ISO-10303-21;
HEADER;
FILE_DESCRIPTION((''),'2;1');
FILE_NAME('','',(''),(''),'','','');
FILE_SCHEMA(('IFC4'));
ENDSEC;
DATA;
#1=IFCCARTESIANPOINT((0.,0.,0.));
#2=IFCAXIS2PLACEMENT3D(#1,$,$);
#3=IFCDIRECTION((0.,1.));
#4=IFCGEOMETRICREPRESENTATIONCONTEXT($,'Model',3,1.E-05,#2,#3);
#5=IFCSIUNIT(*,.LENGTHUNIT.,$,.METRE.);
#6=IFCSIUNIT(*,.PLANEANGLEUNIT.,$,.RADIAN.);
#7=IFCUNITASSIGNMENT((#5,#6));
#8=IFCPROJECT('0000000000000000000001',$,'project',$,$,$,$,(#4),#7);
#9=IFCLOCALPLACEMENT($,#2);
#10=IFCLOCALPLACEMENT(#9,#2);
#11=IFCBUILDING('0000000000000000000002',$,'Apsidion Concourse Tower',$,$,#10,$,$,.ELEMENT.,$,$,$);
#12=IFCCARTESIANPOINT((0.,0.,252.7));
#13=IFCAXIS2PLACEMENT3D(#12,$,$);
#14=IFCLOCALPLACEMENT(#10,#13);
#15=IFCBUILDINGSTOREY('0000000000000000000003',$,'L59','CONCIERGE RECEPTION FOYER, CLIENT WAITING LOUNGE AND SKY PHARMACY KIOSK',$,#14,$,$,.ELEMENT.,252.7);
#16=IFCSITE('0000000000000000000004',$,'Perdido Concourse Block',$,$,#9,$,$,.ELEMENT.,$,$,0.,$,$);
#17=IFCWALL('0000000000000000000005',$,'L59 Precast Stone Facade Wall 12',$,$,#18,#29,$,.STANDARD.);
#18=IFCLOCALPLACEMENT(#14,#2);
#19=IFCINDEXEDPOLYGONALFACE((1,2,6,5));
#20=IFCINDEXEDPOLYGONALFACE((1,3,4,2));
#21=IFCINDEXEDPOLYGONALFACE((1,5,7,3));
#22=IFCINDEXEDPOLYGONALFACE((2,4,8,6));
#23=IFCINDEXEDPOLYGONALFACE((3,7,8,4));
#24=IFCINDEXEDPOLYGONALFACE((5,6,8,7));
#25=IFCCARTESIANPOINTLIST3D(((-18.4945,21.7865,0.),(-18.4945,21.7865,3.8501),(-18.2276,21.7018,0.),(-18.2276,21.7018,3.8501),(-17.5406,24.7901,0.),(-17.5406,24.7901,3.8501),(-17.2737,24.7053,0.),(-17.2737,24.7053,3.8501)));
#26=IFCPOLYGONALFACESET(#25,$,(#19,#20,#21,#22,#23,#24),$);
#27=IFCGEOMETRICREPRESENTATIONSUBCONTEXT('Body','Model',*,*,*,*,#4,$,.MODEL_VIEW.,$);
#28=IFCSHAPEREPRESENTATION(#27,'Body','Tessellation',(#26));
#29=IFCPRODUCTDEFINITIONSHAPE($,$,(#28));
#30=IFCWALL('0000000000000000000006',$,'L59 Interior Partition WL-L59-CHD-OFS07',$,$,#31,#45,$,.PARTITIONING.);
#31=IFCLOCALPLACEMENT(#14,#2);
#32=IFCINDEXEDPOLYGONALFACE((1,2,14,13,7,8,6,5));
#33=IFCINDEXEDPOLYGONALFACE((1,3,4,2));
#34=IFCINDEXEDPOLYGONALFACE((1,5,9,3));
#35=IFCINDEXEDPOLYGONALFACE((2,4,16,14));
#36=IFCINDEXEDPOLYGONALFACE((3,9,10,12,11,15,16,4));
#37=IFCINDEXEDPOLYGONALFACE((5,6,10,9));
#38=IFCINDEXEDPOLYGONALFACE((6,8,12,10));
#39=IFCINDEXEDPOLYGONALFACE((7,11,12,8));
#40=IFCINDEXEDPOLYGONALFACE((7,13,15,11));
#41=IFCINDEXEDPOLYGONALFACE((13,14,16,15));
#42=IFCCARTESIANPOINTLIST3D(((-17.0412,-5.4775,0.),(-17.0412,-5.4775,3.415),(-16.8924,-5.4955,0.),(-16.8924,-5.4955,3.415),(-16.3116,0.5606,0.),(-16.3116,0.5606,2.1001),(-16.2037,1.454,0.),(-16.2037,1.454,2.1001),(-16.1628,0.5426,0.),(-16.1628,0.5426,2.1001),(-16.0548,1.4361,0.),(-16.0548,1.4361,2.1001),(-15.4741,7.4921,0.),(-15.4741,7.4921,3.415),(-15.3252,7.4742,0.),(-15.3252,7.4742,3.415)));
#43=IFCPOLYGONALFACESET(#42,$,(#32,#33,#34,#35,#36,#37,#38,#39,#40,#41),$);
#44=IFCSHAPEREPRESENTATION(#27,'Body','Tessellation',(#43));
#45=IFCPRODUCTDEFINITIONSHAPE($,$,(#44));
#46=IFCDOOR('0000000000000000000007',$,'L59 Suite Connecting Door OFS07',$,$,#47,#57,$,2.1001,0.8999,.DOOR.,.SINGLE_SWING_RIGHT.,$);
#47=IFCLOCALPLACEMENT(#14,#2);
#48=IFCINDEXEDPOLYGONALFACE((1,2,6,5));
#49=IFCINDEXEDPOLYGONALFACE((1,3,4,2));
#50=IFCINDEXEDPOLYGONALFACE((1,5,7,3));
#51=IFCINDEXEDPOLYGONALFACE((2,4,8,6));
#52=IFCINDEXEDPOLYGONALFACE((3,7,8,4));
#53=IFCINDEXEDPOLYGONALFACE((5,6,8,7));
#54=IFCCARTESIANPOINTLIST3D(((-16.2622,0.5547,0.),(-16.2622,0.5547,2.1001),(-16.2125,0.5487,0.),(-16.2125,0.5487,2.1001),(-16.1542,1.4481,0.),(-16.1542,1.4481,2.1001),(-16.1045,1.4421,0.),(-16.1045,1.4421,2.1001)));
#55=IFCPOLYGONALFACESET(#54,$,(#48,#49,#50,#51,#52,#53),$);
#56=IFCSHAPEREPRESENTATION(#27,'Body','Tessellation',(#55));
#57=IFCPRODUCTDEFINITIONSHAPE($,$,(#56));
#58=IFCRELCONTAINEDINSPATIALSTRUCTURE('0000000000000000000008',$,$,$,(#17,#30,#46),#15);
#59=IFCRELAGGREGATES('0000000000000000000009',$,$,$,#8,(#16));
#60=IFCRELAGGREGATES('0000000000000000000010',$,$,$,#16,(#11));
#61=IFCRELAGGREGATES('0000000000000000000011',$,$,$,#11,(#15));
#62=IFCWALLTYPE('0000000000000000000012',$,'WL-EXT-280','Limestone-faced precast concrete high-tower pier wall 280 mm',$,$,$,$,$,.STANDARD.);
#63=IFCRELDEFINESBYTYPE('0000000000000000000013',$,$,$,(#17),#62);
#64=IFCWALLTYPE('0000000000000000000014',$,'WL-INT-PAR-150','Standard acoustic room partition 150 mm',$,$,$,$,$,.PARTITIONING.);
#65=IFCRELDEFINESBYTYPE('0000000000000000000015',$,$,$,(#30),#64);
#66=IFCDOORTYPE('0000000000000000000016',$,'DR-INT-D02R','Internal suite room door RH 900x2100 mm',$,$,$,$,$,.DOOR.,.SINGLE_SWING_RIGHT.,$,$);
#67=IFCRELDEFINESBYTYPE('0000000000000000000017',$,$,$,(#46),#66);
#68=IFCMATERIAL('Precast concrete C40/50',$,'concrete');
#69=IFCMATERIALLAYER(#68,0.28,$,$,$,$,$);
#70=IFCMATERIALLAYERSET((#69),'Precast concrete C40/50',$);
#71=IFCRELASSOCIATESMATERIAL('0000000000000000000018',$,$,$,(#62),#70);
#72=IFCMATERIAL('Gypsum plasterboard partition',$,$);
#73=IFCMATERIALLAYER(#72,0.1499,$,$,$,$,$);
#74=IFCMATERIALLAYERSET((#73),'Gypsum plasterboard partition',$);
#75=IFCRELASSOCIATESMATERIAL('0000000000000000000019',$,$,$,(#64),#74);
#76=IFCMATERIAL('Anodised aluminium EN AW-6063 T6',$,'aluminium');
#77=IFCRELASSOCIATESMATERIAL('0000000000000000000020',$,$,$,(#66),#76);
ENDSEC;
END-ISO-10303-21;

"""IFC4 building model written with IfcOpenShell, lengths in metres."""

from ifc_helpers import new_model, si_unit, direction, frame, frame_2d, origin, place, context, subcontext, project, spatial, rectangle, extrude, material, layer, layer_set, type_object, element, fill, save


model = new_model("IFC4")

# Units and contexts
model_context = context("Model", 3, precision=1e-05, world=origin(), true_north=direction((0.0, 1.0)))
body_context = subcontext(model_context, "Body", "Model", "MODEL_VIEW")
ifc_project = project(units=[si_unit("LENGTHUNIT", "METRE"), si_unit("PLANEANGLEUNIT", "RADIAN")], contexts=[model_context])

# Site, building, storey
site_placement = place(None, origin())
site = spatial("IfcSite", under=ifc_project, at=site_placement, Name="Perdido Concourse Block", CompositionType="ELEMENT", RefElevation=0.0)
building_placement = place(site_placement, origin())
building = spatial("IfcBuilding", under=site, at=building_placement, Name="Apsidion Concourse Tower", CompositionType="ELEMENT")
storey_placement = place(building_placement, frame((0.0, 0.0, 252.7)))
storey = spatial("IfcBuildingStorey", under=building, at=storey_placement, Name="L59", Description="CONCIERGE RECEPTION FOYER, CLIENT WAITING LOUNGE AND SKY PHARMACY KIOSK", CompositionType="ELEMENT", Elevation=252.7)

# Shared definitions
ifc_material_1 = material(Name="Precast concrete C40/50", Category="concrete")
ifc_layer_1 = layer(ifc_material_1, 0.28)
ifc_layer_set_1 = layer_set([ifc_layer_1], Name="Precast concrete C40/50")
wall_type_1 = type_object("IfcWallType", Name="WL-EXT-280", Description="Limestone-faced precast concrete high-tower pier wall 280 mm", PredefinedType="STANDARD", material=ifc_layer_set_1)
ifc_material_2 = material(Name="Anodised aluminium EN AW-6063 T6", Category="aluminium")

# Wall
wall_1_placement = place(storey_placement, frame((-18.3611, 21.7441, 0.0), z_axis=(0.0, 0.0, 1.0), x_axis=(0.302692, 0.953088, 0.0)))
element("IfcWall", 1, at=wall_1_placement, inside=storey, type_object=wall_type_1, Name="L59 Precast Stone Facade Wall 12", PredefinedType="STANDARD", context=body_context, shape_type="SweptSolid", body=[
    extrude(rectangle(XDim=3.1514, YDim=0.28, at=frame_2d((1.5757, 0.0))), origin(), (0.0, 0.0, 1.0), 3.8501),
])

# Wall, opening, door
ifc_material_3 = material(Name="Gypsum plasterboard partition")
ifc_layer_2 = layer(ifc_material_3, 0.1499)
ifc_layer_set_2 = layer_set([ifc_layer_2], Name="Gypsum plasterboard partition")
wall_type_2 = type_object("IfcWallType", Name="WL-INT-PAR-150", Description="Standard acoustic room partition 150 mm", PredefinedType="PARTITIONING", material=ifc_layer_set_2)
wall_2_placement = place(storey_placement, frame((-15.3997, 7.4832, 0.0), z_axis=(0.0, 0.0, 1.0), x_axis=(-0.119958, -0.992779, 0.0)))
wall_2 = element("IfcWall", 2, at=wall_2_placement, inside=storey, type_object=wall_type_2, Name="L59 Interior Partition WL-L59-CHD-OFS07", PredefinedType="PARTITIONING", context=body_context, shape_type="SweptSolid", body=[
    extrude(rectangle(XDim=13.064, YDim=0.1499, at=frame_2d((6.532, 0.0))), origin(), (0.0, 0.0, 1.0), 3.415),
])
opening_1_placement = place(wall_2_placement, frame((6.082, 0.0, 0.0)))
opening_1 = element("IfcOpeningElement", 3, at=opening_1_placement, cuts=wall_2, PredefinedType="OPENING", context=body_context, shape_type="SweptSolid", body=[
    extrude(rectangle(XDim=0.8999, YDim=2.1001, at=frame_2d((0.45, 1.05))), frame((0.0, 0.085, 0.0), z_axis=(0.0, -1.0, 0.0), x_axis=(1.0, 0.0, 0.0)), (0.0, 0.0, 1.0), 0.1699),
])
door_type_1 = type_object("IfcDoorType", Name="DR-INT-D02R", Description="Internal suite room door RH 900x2100 mm", OperationType="SINGLE_SWING_RIGHT", PredefinedType="DOOR", material=ifc_material_2)
door_1_placement = place(opening_1_placement, origin())
door_1 = element("IfcDoor", 4, at=door_1_placement, inside=storey, type_object=door_type_1, Name="L59 Suite Connecting Door OFS07", OperationType="SINGLE_SWING_RIGHT", OverallHeight=2.1001, OverallWidth=0.8999, PredefinedType="DOOR", context=body_context, shape_type="SweptSolid", body=[
    extrude(rectangle(XDim=0.8999, YDim=2.1001, at=frame_2d((0.45, 1.05))), frame((0.0, 0.0249, 0.0), z_axis=(0.0, -1.0, 0.0), x_axis=(1.0, 0.0, 0.0)), (0.0, 0.0, 1.0), 0.05),
])
fill(opening_1, door_1)

save(model, "model.ifc")
